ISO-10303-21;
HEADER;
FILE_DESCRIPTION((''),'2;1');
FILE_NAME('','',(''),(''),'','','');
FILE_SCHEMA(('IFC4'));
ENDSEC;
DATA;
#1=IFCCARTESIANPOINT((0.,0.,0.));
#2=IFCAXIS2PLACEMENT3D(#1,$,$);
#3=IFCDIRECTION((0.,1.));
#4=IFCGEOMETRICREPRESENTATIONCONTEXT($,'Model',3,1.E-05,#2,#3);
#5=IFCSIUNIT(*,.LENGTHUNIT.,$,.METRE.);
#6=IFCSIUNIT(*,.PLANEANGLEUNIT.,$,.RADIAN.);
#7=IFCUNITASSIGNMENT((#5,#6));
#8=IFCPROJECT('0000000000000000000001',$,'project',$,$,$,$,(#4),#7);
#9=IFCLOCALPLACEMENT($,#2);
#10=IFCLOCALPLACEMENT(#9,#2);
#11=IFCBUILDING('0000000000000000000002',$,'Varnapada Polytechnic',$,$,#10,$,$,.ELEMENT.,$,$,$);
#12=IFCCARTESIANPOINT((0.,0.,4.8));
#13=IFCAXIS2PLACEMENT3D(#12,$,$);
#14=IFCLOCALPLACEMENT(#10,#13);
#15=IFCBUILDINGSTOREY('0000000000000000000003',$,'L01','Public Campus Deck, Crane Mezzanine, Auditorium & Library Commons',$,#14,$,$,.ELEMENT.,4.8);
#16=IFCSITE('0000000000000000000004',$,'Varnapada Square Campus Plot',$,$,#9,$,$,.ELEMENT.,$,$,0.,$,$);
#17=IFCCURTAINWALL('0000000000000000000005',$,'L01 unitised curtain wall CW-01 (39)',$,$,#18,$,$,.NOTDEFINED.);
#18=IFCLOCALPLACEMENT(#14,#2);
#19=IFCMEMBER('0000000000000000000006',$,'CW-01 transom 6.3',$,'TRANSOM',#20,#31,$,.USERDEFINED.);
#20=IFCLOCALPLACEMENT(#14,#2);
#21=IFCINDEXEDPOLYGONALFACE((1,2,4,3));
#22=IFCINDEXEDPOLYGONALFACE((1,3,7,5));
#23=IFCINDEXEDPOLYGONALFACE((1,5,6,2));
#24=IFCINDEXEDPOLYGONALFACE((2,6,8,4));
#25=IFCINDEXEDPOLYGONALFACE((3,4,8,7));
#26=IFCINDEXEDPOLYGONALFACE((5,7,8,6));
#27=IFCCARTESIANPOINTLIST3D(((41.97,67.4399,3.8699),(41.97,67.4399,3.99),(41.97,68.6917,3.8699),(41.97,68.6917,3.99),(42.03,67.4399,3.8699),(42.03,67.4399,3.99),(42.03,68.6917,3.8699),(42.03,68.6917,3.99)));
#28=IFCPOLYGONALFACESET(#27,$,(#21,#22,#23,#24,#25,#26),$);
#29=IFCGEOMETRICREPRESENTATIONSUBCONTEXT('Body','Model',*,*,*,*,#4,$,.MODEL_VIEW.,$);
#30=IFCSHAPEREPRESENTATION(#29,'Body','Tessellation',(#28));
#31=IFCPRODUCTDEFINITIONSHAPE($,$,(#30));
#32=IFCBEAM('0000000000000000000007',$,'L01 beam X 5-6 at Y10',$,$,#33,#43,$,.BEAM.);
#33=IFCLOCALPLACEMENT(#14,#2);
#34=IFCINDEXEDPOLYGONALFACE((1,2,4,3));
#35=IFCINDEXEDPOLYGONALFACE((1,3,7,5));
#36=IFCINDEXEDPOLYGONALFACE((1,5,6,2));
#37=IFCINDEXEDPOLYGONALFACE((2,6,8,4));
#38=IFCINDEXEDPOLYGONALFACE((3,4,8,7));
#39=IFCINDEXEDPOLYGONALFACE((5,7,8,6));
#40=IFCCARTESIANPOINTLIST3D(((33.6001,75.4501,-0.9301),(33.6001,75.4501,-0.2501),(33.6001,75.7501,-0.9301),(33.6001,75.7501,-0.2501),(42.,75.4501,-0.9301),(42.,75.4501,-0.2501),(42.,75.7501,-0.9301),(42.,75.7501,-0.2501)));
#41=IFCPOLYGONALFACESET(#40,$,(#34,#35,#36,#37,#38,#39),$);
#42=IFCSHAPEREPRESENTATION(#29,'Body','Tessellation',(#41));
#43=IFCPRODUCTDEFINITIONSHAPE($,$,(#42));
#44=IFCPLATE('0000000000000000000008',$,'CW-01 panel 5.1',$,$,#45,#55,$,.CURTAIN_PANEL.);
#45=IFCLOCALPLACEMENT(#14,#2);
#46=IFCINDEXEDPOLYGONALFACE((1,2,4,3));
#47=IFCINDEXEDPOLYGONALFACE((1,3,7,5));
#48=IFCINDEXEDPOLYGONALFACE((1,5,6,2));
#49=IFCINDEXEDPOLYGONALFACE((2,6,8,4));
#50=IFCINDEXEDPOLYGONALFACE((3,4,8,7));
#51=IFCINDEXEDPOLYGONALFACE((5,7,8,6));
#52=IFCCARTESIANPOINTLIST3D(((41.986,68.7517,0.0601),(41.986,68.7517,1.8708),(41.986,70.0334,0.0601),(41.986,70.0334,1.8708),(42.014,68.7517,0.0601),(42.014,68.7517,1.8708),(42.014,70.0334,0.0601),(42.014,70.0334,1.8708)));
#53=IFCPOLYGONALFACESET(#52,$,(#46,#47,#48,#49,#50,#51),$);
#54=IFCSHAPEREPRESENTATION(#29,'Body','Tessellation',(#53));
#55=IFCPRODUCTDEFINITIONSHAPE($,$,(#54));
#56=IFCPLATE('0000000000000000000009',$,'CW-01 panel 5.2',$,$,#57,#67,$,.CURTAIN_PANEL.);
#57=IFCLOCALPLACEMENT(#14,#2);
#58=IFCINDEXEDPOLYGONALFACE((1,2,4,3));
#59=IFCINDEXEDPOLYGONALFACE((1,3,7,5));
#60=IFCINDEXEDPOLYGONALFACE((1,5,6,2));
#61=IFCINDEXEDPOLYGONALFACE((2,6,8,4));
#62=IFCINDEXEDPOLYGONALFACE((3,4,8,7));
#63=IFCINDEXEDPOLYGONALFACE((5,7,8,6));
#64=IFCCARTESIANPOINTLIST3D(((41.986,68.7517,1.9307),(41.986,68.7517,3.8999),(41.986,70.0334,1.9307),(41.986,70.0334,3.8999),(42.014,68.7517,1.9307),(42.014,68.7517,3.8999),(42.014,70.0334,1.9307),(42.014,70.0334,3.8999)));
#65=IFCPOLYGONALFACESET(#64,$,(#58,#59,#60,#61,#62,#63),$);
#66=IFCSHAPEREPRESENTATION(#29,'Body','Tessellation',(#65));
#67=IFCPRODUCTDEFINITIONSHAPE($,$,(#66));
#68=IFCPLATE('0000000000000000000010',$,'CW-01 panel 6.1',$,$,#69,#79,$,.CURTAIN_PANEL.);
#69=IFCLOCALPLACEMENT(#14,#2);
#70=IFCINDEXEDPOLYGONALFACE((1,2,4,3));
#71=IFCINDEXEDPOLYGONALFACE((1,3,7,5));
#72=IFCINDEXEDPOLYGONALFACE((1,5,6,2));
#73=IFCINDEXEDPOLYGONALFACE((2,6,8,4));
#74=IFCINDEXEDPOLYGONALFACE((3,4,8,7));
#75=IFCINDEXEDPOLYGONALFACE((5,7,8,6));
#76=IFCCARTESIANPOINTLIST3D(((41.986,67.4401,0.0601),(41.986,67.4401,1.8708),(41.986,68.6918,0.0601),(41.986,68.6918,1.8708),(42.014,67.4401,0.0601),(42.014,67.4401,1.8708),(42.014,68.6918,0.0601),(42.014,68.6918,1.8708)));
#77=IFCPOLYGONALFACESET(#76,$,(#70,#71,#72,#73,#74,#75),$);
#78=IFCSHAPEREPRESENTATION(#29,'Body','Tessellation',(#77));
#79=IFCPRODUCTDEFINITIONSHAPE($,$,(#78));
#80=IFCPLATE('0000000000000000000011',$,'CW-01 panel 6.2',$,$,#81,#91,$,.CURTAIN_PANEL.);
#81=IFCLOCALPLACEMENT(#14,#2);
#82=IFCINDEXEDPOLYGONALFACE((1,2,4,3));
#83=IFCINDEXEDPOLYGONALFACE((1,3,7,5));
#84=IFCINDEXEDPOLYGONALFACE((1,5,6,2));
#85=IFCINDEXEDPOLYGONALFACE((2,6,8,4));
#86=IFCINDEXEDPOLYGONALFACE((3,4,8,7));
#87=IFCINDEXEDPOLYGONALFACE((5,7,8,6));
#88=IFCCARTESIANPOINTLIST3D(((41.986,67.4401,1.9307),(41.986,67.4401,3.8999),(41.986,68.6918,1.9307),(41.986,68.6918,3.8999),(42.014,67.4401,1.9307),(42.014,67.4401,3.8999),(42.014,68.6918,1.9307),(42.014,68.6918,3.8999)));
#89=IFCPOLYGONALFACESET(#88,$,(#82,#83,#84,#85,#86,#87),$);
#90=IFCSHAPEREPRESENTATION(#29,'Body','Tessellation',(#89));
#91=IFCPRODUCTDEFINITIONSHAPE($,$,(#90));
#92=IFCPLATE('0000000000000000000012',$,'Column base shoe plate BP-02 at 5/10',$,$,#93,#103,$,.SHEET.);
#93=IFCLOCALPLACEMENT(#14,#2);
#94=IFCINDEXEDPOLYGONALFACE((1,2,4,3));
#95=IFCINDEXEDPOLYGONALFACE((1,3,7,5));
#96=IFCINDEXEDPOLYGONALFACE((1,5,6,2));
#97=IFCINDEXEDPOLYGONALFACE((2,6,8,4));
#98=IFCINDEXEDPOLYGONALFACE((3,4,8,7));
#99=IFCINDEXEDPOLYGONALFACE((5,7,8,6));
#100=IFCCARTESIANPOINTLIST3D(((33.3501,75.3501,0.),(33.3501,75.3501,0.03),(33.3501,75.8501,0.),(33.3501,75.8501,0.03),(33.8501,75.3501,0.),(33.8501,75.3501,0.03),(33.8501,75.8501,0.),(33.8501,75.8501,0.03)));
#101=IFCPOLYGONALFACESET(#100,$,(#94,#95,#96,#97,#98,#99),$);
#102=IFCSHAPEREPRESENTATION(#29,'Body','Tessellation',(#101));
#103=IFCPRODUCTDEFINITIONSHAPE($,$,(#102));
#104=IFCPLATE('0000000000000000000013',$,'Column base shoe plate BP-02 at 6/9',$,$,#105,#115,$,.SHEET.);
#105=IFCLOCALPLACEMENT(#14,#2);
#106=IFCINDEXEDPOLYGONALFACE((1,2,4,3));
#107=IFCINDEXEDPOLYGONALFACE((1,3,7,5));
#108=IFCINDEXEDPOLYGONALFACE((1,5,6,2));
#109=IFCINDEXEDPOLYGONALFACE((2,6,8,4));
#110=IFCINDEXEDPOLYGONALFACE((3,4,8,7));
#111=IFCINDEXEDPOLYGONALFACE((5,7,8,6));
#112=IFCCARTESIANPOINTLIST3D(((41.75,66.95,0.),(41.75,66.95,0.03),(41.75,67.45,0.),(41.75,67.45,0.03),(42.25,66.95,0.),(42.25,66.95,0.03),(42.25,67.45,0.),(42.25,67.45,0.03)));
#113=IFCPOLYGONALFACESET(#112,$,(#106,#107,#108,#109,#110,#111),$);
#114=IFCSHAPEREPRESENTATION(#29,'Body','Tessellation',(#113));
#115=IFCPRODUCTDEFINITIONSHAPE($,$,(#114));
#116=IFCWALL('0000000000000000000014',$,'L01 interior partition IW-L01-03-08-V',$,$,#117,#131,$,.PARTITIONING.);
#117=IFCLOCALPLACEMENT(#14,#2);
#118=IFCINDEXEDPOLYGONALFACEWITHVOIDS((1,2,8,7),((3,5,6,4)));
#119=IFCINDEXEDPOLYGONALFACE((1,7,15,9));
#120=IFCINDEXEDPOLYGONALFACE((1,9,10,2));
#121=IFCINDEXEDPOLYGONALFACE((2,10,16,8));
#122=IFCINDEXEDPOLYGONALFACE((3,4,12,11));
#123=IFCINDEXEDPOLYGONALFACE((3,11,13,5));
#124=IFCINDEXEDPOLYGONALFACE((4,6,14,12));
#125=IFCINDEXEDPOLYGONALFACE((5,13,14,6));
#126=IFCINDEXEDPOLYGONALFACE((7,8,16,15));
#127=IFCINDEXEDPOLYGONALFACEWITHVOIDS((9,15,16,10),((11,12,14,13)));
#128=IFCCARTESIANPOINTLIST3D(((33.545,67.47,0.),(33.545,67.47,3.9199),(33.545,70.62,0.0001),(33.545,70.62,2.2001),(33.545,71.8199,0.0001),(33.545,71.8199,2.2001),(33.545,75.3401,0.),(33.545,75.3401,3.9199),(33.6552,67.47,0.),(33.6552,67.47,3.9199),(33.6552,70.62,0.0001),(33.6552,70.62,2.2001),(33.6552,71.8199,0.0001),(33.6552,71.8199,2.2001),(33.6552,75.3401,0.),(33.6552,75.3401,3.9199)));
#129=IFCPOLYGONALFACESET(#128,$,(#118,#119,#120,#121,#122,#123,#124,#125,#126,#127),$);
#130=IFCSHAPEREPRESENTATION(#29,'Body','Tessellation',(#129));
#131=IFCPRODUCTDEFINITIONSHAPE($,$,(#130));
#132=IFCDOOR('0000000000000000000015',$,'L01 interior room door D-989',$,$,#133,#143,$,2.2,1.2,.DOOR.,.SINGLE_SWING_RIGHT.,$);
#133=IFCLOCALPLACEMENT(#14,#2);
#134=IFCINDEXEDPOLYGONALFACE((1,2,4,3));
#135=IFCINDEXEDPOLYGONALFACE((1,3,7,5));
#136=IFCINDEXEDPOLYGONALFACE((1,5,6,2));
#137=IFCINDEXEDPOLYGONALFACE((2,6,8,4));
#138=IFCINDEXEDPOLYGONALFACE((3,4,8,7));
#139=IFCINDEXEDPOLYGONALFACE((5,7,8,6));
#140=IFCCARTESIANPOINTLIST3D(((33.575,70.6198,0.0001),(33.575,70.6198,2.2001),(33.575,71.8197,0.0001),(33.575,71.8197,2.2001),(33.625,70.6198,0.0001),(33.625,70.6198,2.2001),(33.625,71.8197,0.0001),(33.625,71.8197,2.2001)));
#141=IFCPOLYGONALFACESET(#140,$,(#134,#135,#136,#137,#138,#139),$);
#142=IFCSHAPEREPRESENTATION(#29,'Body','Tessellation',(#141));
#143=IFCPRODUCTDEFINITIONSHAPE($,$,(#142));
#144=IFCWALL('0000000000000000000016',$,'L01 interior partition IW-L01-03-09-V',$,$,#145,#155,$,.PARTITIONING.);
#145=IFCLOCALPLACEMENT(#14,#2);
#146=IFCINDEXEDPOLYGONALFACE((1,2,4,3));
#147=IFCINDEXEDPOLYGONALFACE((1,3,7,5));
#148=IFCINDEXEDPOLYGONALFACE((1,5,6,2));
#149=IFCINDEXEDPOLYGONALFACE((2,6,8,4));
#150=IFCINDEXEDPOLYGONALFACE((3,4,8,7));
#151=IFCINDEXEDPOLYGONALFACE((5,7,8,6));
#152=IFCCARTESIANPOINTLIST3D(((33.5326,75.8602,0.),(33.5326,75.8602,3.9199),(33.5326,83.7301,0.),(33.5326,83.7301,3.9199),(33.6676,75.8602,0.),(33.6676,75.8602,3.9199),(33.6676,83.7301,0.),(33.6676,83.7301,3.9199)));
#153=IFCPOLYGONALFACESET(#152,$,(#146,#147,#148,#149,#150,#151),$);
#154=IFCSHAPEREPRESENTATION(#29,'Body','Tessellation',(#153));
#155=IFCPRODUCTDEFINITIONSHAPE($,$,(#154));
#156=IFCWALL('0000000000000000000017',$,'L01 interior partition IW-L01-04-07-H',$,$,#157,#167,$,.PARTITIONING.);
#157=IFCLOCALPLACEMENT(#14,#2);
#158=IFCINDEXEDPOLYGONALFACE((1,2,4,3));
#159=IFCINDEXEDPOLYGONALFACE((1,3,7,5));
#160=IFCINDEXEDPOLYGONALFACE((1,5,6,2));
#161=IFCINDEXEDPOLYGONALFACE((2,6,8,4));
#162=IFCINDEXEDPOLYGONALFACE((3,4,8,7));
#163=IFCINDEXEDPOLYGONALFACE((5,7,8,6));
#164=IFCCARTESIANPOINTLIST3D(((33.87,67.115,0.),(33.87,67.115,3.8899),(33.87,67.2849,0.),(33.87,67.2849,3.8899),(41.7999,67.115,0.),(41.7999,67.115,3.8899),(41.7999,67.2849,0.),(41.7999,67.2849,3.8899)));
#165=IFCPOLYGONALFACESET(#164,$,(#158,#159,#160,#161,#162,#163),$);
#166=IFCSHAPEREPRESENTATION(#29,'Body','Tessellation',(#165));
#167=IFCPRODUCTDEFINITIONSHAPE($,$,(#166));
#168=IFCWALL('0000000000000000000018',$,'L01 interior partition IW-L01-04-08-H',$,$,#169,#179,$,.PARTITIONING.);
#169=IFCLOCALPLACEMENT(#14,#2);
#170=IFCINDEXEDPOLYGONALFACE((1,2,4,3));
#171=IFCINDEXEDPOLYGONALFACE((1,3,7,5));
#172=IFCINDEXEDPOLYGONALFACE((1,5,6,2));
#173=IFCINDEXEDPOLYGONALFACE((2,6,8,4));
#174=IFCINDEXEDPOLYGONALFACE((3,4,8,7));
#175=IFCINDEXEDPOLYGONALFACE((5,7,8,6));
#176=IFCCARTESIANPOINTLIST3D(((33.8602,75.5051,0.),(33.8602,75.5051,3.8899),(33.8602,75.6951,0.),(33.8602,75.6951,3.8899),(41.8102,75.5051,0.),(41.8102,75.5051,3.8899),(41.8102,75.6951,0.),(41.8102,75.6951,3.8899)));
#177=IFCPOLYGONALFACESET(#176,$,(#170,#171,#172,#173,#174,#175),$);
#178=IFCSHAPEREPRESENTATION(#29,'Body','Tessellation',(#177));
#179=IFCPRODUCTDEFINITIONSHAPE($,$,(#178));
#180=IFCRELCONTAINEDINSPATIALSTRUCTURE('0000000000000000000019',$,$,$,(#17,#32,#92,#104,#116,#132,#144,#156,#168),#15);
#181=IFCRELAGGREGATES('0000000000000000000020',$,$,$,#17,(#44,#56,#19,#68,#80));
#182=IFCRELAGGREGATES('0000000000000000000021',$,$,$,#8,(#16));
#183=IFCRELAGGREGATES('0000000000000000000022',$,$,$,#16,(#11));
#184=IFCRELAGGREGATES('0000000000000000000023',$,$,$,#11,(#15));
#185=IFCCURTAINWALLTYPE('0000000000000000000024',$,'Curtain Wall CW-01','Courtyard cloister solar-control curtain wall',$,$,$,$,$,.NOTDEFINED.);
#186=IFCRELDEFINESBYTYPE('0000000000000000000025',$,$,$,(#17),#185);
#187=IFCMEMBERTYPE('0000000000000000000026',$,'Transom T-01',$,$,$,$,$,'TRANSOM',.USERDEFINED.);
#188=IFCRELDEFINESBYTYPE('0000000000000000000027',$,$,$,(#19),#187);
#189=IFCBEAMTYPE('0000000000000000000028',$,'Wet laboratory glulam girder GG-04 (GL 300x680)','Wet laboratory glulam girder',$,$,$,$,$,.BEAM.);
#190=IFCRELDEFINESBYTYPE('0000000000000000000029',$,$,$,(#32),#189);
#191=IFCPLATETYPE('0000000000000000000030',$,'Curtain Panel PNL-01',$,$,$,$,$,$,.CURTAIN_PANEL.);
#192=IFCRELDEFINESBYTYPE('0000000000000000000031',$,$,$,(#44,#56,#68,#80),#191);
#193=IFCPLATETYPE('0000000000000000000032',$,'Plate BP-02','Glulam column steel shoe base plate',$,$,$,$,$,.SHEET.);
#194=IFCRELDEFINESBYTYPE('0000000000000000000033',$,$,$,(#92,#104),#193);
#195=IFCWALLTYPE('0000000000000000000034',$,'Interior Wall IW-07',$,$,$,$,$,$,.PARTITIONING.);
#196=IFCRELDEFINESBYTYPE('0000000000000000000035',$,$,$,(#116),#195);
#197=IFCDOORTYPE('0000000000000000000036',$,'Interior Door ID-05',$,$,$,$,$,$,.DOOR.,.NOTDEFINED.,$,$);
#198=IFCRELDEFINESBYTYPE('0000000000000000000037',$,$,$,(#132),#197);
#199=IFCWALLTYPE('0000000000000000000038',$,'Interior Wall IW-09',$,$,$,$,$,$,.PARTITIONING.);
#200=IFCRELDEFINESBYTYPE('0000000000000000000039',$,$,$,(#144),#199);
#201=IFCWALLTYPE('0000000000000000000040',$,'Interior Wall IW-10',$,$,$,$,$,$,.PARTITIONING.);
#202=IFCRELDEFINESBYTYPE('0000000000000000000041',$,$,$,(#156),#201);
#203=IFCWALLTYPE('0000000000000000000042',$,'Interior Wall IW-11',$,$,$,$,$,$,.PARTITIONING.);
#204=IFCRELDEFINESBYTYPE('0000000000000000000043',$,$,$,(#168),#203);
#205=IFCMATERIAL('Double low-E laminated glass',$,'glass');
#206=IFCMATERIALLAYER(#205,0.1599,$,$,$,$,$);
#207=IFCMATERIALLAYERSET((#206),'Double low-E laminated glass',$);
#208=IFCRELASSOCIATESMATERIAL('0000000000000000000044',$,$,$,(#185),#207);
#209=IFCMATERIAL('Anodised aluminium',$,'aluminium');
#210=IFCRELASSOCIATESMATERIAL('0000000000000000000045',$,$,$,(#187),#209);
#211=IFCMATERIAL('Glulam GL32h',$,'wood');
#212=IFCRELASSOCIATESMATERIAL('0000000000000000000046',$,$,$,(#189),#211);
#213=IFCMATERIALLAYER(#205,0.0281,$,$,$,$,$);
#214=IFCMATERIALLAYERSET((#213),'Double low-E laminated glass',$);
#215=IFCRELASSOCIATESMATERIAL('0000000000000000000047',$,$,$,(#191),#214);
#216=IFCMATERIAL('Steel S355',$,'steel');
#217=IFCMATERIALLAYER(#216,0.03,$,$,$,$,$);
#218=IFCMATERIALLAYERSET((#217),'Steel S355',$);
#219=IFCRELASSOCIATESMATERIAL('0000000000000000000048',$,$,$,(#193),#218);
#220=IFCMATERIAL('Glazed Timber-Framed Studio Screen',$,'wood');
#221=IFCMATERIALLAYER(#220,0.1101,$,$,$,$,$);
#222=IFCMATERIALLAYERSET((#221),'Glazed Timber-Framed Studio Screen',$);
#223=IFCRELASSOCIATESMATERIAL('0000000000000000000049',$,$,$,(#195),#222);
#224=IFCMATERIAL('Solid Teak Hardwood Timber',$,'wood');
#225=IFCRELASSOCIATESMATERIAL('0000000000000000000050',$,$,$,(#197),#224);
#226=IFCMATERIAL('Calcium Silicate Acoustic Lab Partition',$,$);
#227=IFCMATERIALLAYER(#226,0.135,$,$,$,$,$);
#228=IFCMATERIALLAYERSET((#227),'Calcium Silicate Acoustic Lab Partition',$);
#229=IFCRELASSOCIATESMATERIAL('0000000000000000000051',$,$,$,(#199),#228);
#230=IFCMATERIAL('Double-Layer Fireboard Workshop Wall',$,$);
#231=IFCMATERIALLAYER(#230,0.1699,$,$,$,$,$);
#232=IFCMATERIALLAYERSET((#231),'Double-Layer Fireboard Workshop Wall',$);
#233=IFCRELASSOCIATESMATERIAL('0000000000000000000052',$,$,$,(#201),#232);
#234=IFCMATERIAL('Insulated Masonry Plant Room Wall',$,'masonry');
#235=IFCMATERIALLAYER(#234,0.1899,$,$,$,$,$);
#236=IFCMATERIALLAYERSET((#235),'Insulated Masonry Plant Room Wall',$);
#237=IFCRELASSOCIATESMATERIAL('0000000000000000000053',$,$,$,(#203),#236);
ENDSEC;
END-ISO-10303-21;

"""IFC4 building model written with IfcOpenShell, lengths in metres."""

from ifc_helpers import new_model, si_unit, direction, frame, frame_2d, origin, origin_2d, place, context, subcontext, project, spatial, rectangle, extrude, material, layer, layer_set, material_profile, profile_set, type_object, element, fill, aggregate, save


model = new_model("IFC4")

# Units and contexts
model_context = context("Model", 3, precision=1e-05, world=origin(), true_north=direction((0.0, 1.0)))
body_context = subcontext(model_context, "Body", "Model", "MODEL_VIEW")
ifc_project = project(units=[si_unit("LENGTHUNIT", "METRE"), si_unit("PLANEANGLEUNIT", "RADIAN")], contexts=[model_context])

# Site, building, storey
site_placement = place(None, origin())
site = spatial("IfcSite", under=ifc_project, at=site_placement, Name="Varnapada Square Campus Plot", CompositionType="ELEMENT", RefElevation=0.0)
building_placement = place(site_placement, origin())
building = spatial("IfcBuilding", under=site, at=building_placement, Name="Varnapada Polytechnic", CompositionType="ELEMENT")
storey_placement = place(building_placement, frame((0.0, 0.0, 4.8)))
storey = spatial("IfcBuildingStorey", under=building, at=storey_placement, Name="L01", Description="Public Campus Deck, Crane Mezzanine, Auditorium & Library Commons", CompositionType="ELEMENT", Elevation=4.8)

# Shared definitions
ifc_material_1 = material(Name="Glulam GL32h", Category="wood")

# Curtain wall
ifc_material_2 = material(Name="Double low-E laminated glass", Category="glass")
ifc_layer_1 = layer(ifc_material_2, 0.1599)
ifc_layer_set_1 = layer_set([ifc_layer_1], Name="Double low-E laminated glass")
curtain_wall_type = type_object("IfcCurtainWallType", Name="Curtain Wall CW-01", Description="Courtyard cloister solar-control curtain wall", PredefinedType="NOTDEFINED", material=ifc_layer_set_1)
curtain_wall_placement = place(storey_placement, origin())
curtain_wall = element("IfcCurtainWall", 1, at=curtain_wall_placement, inside=storey, type_object=curtain_wall_type, Name="L01 unitised curtain wall CW-01 (39)", PredefinedType="NOTDEFINED")
ifc_material_3 = material(Name="Anodised aluminium", Category="aluminium")

# Member
ifc_material_profile_1 = material_profile(ifc_material_3, rectangle(XDim=0.0601, YDim=0.1201, at=origin_2d()), Name="ALU T60x120")
ifc_profile_set_1 = profile_set([ifc_material_profile_1], Name="Anodised aluminium")
member_type_1 = type_object("IfcMemberType", Name="Transom T-01", ElementType="TRANSOM", PredefinedType="USERDEFINED", material=ifc_profile_set_1)
member_1_placement = place(storey_placement, frame((42.0, 68.6917, 3.9299), z_axis=(0.0, -1.0, 0.0), x_axis=(1.0, 0.0, 0.0)))
member_1 = element("IfcMember", 2, at=member_1_placement, type_object=member_type_1, Name="CW-01 transom 6.3", ObjectType="TRANSOM", PredefinedType="USERDEFINED", context=body_context, shape_type="SweptSolid", body=[
    extrude(rectangle(XDim=0.0601, YDim=0.1201, at=origin_2d()), origin(), (0.0, 0.0, 1.0), 1.2517),
])

# Beam
ifc_material_profile_2 = material_profile(ifc_material_1, rectangle(XDim=0.3, YDim=0.6799, at=origin_2d()), Name="GL 300x680")
ifc_profile_set_2 = profile_set([ifc_material_profile_2], Name="Glulam GL32h")
beam_type_1 = type_object("IfcBeamType", Name="Wet laboratory glulam girder GG-04 (GL 300x680)", Description="Wet laboratory glulam girder", PredefinedType="BEAM", material=ifc_profile_set_2)
beam_1_placement = place(storey_placement, frame((33.6001, 75.6001, -0.5901), z_axis=(1.0, 0.0, 0.0), x_axis=(0.0, 1.0, 0.0)))
element("IfcBeam", 3, at=beam_1_placement, inside=storey, type_object=beam_type_1, Name="L01 beam X 5-6 at Y10", PredefinedType="BEAM", context=body_context, shape_type="SweptSolid", body=[
    extrude(rectangle(XDim=0.3, YDim=0.6799, at=origin_2d()), origin(), (0.0, 0.0, 1.0), 8.3999),
])

# Plates
ifc_layer_2 = layer(ifc_material_2, 0.0281)
ifc_layer_set_2 = layer_set([ifc_layer_2], Name="Double low-E laminated glass")
plate_type_1 = type_object("IfcPlateType", Name="Curtain Panel PNL-01", PredefinedType="CURTAIN_PANEL", material=ifc_layer_set_2)
plate_1_placement = place(storey_placement, frame((42.0, 69.3926, 0.0601), z_axis=(0.0, 0.0, 1.0), x_axis=(0.0, -1.0, 0.0)))
plate_1 = element("IfcPlate", 4, at=plate_1_placement, type_object=plate_type_1, Name="CW-01 panel 5.1", PredefinedType="CURTAIN_PANEL", context=body_context, shape_type="SweptSolid", body=[
    extrude(rectangle(XDim=1.2817, YDim=0.0281, at=origin_2d()), origin(), (0.0, 0.0, 1.0), 1.8108),
])
plate_2_placement = place(storey_placement, frame((42.0, 69.3926, 1.9307), z_axis=(0.0, 0.0, 1.0), x_axis=(0.0, -1.0, 0.0)))
plate_2 = element("IfcPlate", 5, at=plate_2_placement, type_object=plate_type_1, Name="CW-01 panel 5.2", PredefinedType="CURTAIN_PANEL", context=body_context, shape_type="SweptSolid", body=[
    extrude(rectangle(XDim=1.2817, YDim=0.0281, at=origin_2d()), origin(), (0.0, 0.0, 1.0), 1.9692),
])
plate_3_placement = place(storey_placement, frame((42.0, 68.0659, 0.0601), z_axis=(0.0, 0.0, 1.0), x_axis=(0.0, -1.0, 0.0)))
plate_3 = element("IfcPlate", 6, at=plate_3_placement, type_object=plate_type_1, Name="CW-01 panel 6.1", PredefinedType="CURTAIN_PANEL", context=body_context, shape_type="SweptSolid", body=[
    extrude(rectangle(XDim=1.2517, YDim=0.0281, at=origin_2d()), origin(), (0.0, 0.0, 1.0), 1.8108),
])
plate_4_placement = place(storey_placement, frame((42.0, 68.0659, 1.9307), z_axis=(0.0, 0.0, 1.0), x_axis=(0.0, -1.0, 0.0)))
plate_4 = element("IfcPlate", 7, at=plate_4_placement, type_object=plate_type_1, Name="CW-01 panel 6.2", PredefinedType="CURTAIN_PANEL", context=body_context, shape_type="SweptSolid", body=[
    extrude(rectangle(XDim=1.2517, YDim=0.0281, at=origin_2d()), origin(), (0.0, 0.0, 1.0), 1.9692),
])
aggregate(curtain_wall, [plate_1, plate_2, member_1, plate_3, plate_4])

# Plates
ifc_material_4 = material(Name="Steel S355", Category="steel")
ifc_layer_3 = layer(ifc_material_4, 0.03)
ifc_layer_set_3 = layer_set([ifc_layer_3], Name="Steel S355")
plate_type_2 = type_object("IfcPlateType", Name="Plate BP-02", Description="Glulam column steel shoe base plate", PredefinedType="SHEET", material=ifc_layer_set_3)
for number, where, z_axis, x_axis, name in (
    (8, (33.6001, 75.6001, 0.0), (0.0, 0.0, 1.0), (1.0, 0.0, 0.0), "Column base shoe plate BP-02 at 5/10"),
    (9, (42.0, 67.2, 0.0), (0.0, 0.0, 1.0), (1.0, 0.0, 0.0), "Column base shoe plate BP-02 at 6/9"),
):
    element("IfcPlate", number, at=place(storey_placement, frame(where, z_axis=z_axis, x_axis=x_axis)), inside=storey, type_object=plate_type_2, Name=name, PredefinedType="SHEET", context=body_context, shape_type="SweptSolid", body=[
        extrude(rectangle(XDim=0.5, YDim=0.5, at=origin_2d()), origin(), (0.0, 0.0, 1.0), 0.03),
    ])

# Wall, opening, door
ifc_material_5 = material(Name="Glazed Timber-Framed Studio Screen", Category="wood")
ifc_layer_4 = layer(ifc_material_5, 0.1101)
ifc_layer_set_4 = layer_set([ifc_layer_4], Name="Glazed Timber-Framed Studio Screen")
wall_type_1 = type_object("IfcWallType", Name="Interior Wall IW-07", PredefinedType="PARTITIONING", material=ifc_layer_set_4)
wall_1_placement = place(storey_placement, frame((33.6001, 67.47, 0.0), z_axis=(0.0, 0.0, 1.0), x_axis=(0.0, 1.0, 0.0)))
wall_1 = element("IfcWall", 10, at=wall_1_placement, inside=storey, type_object=wall_type_1, Name="L01 interior partition IW-L01-03-08-V", PredefinedType="PARTITIONING", context=body_context, shape_type="SweptSolid", body=[
    extrude(rectangle(XDim=7.8701, YDim=0.1101, at=frame_2d((3.9351, 0.0))), origin(), (0.0, 0.0, 1.0), 3.9199),
])
opening_placement = place(wall_1_placement, frame((3.1499, 0.0, 0.0)))
opening = element("IfcOpeningElement", 11, at=opening_placement, cuts=wall_1, PredefinedType="OPENING", context=body_context, shape_type="SweptSolid", body=[
    extrude(rectangle(XDim=1.2, YDim=2.2, at=frame_2d((0.6001, 1.1001))), frame((0.0, 0.0649, 0.0), z_axis=(0.0, -1.0, 0.0), x_axis=(1.0, 0.0, 0.0)), (0.0, 0.0, 1.0), 0.1301),
])
ifc_material_6 = material(Name="Solid Teak Hardwood Timber", Category="wood")
door_type = type_object("IfcDoorType", Name="Interior Door ID-05", OperationType="NOTDEFINED", PredefinedType="DOOR", material=ifc_material_6)
door_placement = place(opening_placement, frame((1.2, 0.0, 0.0), z_axis=(0.0, 0.0, 1.0), x_axis=(-1.0, 0.0, 0.0)))
door = element("IfcDoor", 12, at=door_placement, inside=storey, type_object=door_type, Name="L01 interior room door D-989", OperationType="SINGLE_SWING_RIGHT", OverallHeight=2.2, OverallWidth=1.2, PredefinedType="DOOR", context=body_context, shape_type="SweptSolid", body=[
    extrude(rectangle(XDim=1.2, YDim=2.2, at=frame_2d((0.6001, 1.1001))), frame((0.0, 0.0249, 0.0), z_axis=(0.0, -1.0, 0.0), x_axis=(1.0, 0.0, 0.0)), (0.0, 0.0, 1.0), 0.05),
])
fill(opening, door)

# Walls
ifc_material_7 = material(Name="Calcium Silicate Acoustic Lab Partition")
ifc_layer_5 = layer(ifc_material_7, 0.135)
ifc_layer_set_5 = layer_set([ifc_layer_5], Name="Calcium Silicate Acoustic Lab Partition")
wall_type_2 = type_object("IfcWallType", Name="Interior Wall IW-09", PredefinedType="PARTITIONING", material=ifc_layer_set_5)
wall_2_placement = place(storey_placement, frame((33.6001, 75.8601, 0.0), z_axis=(0.0, 0.0, 1.0), x_axis=(0.0, 1.0, 0.0)))
element("IfcWall", 13, at=wall_2_placement, inside=storey, type_object=wall_type_2, Name="L01 interior partition IW-L01-03-09-V", PredefinedType="PARTITIONING", context=body_context, shape_type="SweptSolid", body=[
    extrude(rectangle(XDim=7.8699, YDim=0.135, at=frame_2d((3.9351, 0.0))), origin(), (0.0, 0.0, 1.0), 3.9199),
])
ifc_material_8 = material(Name="Double-Layer Fireboard Workshop Wall")
ifc_layer_6 = layer(ifc_material_8, 0.1699)
ifc_layer_set_6 = layer_set([ifc_layer_6], Name="Double-Layer Fireboard Workshop Wall")
wall_type_3 = type_object("IfcWallType", Name="Interior Wall IW-10", PredefinedType="PARTITIONING", material=ifc_layer_set_6)
wall_3_placement = place(storey_placement, frame((33.8701, 67.2, 0.0), z_axis=(0.0, 0.0, 1.0), x_axis=(1.0, 0.0, 0.0)))
element("IfcWall", 14, at=wall_3_placement, inside=storey, type_object=wall_type_3, Name="L01 interior partition IW-L01-04-07-H", PredefinedType="PARTITIONING", context=body_context, shape_type="SweptSolid", body=[
    extrude(rectangle(XDim=7.9299, YDim=0.1699, at=frame_2d((3.9648, 0.0))), origin(), (0.0, 0.0, 1.0), 3.8899),
])
ifc_material_9 = material(Name="Insulated Masonry Plant Room Wall", Category="masonry")
ifc_layer_7 = layer(ifc_material_9, 0.1899)
ifc_layer_set_7 = layer_set([ifc_layer_7], Name="Insulated Masonry Plant Room Wall")
wall_type_4 = type_object("IfcWallType", Name="Interior Wall IW-11", PredefinedType="PARTITIONING", material=ifc_layer_set_7)
wall_4_placement = place(storey_placement, frame((33.8601, 75.6001, 0.0), z_axis=(0.0, 0.0, 1.0), x_axis=(1.0, 0.0, 0.0)))
element("IfcWall", 15, at=wall_4_placement, inside=storey, type_object=wall_type_4, Name="L01 interior partition IW-L01-04-08-H", PredefinedType="PARTITIONING", context=body_context, shape_type="SweptSolid", body=[
    extrude(rectangle(XDim=7.95, YDim=0.1899, at=frame_2d((3.9751, 0.0))), origin(), (0.0, 0.0, 1.0), 3.8899),
])

save(model, "model.ifc")
